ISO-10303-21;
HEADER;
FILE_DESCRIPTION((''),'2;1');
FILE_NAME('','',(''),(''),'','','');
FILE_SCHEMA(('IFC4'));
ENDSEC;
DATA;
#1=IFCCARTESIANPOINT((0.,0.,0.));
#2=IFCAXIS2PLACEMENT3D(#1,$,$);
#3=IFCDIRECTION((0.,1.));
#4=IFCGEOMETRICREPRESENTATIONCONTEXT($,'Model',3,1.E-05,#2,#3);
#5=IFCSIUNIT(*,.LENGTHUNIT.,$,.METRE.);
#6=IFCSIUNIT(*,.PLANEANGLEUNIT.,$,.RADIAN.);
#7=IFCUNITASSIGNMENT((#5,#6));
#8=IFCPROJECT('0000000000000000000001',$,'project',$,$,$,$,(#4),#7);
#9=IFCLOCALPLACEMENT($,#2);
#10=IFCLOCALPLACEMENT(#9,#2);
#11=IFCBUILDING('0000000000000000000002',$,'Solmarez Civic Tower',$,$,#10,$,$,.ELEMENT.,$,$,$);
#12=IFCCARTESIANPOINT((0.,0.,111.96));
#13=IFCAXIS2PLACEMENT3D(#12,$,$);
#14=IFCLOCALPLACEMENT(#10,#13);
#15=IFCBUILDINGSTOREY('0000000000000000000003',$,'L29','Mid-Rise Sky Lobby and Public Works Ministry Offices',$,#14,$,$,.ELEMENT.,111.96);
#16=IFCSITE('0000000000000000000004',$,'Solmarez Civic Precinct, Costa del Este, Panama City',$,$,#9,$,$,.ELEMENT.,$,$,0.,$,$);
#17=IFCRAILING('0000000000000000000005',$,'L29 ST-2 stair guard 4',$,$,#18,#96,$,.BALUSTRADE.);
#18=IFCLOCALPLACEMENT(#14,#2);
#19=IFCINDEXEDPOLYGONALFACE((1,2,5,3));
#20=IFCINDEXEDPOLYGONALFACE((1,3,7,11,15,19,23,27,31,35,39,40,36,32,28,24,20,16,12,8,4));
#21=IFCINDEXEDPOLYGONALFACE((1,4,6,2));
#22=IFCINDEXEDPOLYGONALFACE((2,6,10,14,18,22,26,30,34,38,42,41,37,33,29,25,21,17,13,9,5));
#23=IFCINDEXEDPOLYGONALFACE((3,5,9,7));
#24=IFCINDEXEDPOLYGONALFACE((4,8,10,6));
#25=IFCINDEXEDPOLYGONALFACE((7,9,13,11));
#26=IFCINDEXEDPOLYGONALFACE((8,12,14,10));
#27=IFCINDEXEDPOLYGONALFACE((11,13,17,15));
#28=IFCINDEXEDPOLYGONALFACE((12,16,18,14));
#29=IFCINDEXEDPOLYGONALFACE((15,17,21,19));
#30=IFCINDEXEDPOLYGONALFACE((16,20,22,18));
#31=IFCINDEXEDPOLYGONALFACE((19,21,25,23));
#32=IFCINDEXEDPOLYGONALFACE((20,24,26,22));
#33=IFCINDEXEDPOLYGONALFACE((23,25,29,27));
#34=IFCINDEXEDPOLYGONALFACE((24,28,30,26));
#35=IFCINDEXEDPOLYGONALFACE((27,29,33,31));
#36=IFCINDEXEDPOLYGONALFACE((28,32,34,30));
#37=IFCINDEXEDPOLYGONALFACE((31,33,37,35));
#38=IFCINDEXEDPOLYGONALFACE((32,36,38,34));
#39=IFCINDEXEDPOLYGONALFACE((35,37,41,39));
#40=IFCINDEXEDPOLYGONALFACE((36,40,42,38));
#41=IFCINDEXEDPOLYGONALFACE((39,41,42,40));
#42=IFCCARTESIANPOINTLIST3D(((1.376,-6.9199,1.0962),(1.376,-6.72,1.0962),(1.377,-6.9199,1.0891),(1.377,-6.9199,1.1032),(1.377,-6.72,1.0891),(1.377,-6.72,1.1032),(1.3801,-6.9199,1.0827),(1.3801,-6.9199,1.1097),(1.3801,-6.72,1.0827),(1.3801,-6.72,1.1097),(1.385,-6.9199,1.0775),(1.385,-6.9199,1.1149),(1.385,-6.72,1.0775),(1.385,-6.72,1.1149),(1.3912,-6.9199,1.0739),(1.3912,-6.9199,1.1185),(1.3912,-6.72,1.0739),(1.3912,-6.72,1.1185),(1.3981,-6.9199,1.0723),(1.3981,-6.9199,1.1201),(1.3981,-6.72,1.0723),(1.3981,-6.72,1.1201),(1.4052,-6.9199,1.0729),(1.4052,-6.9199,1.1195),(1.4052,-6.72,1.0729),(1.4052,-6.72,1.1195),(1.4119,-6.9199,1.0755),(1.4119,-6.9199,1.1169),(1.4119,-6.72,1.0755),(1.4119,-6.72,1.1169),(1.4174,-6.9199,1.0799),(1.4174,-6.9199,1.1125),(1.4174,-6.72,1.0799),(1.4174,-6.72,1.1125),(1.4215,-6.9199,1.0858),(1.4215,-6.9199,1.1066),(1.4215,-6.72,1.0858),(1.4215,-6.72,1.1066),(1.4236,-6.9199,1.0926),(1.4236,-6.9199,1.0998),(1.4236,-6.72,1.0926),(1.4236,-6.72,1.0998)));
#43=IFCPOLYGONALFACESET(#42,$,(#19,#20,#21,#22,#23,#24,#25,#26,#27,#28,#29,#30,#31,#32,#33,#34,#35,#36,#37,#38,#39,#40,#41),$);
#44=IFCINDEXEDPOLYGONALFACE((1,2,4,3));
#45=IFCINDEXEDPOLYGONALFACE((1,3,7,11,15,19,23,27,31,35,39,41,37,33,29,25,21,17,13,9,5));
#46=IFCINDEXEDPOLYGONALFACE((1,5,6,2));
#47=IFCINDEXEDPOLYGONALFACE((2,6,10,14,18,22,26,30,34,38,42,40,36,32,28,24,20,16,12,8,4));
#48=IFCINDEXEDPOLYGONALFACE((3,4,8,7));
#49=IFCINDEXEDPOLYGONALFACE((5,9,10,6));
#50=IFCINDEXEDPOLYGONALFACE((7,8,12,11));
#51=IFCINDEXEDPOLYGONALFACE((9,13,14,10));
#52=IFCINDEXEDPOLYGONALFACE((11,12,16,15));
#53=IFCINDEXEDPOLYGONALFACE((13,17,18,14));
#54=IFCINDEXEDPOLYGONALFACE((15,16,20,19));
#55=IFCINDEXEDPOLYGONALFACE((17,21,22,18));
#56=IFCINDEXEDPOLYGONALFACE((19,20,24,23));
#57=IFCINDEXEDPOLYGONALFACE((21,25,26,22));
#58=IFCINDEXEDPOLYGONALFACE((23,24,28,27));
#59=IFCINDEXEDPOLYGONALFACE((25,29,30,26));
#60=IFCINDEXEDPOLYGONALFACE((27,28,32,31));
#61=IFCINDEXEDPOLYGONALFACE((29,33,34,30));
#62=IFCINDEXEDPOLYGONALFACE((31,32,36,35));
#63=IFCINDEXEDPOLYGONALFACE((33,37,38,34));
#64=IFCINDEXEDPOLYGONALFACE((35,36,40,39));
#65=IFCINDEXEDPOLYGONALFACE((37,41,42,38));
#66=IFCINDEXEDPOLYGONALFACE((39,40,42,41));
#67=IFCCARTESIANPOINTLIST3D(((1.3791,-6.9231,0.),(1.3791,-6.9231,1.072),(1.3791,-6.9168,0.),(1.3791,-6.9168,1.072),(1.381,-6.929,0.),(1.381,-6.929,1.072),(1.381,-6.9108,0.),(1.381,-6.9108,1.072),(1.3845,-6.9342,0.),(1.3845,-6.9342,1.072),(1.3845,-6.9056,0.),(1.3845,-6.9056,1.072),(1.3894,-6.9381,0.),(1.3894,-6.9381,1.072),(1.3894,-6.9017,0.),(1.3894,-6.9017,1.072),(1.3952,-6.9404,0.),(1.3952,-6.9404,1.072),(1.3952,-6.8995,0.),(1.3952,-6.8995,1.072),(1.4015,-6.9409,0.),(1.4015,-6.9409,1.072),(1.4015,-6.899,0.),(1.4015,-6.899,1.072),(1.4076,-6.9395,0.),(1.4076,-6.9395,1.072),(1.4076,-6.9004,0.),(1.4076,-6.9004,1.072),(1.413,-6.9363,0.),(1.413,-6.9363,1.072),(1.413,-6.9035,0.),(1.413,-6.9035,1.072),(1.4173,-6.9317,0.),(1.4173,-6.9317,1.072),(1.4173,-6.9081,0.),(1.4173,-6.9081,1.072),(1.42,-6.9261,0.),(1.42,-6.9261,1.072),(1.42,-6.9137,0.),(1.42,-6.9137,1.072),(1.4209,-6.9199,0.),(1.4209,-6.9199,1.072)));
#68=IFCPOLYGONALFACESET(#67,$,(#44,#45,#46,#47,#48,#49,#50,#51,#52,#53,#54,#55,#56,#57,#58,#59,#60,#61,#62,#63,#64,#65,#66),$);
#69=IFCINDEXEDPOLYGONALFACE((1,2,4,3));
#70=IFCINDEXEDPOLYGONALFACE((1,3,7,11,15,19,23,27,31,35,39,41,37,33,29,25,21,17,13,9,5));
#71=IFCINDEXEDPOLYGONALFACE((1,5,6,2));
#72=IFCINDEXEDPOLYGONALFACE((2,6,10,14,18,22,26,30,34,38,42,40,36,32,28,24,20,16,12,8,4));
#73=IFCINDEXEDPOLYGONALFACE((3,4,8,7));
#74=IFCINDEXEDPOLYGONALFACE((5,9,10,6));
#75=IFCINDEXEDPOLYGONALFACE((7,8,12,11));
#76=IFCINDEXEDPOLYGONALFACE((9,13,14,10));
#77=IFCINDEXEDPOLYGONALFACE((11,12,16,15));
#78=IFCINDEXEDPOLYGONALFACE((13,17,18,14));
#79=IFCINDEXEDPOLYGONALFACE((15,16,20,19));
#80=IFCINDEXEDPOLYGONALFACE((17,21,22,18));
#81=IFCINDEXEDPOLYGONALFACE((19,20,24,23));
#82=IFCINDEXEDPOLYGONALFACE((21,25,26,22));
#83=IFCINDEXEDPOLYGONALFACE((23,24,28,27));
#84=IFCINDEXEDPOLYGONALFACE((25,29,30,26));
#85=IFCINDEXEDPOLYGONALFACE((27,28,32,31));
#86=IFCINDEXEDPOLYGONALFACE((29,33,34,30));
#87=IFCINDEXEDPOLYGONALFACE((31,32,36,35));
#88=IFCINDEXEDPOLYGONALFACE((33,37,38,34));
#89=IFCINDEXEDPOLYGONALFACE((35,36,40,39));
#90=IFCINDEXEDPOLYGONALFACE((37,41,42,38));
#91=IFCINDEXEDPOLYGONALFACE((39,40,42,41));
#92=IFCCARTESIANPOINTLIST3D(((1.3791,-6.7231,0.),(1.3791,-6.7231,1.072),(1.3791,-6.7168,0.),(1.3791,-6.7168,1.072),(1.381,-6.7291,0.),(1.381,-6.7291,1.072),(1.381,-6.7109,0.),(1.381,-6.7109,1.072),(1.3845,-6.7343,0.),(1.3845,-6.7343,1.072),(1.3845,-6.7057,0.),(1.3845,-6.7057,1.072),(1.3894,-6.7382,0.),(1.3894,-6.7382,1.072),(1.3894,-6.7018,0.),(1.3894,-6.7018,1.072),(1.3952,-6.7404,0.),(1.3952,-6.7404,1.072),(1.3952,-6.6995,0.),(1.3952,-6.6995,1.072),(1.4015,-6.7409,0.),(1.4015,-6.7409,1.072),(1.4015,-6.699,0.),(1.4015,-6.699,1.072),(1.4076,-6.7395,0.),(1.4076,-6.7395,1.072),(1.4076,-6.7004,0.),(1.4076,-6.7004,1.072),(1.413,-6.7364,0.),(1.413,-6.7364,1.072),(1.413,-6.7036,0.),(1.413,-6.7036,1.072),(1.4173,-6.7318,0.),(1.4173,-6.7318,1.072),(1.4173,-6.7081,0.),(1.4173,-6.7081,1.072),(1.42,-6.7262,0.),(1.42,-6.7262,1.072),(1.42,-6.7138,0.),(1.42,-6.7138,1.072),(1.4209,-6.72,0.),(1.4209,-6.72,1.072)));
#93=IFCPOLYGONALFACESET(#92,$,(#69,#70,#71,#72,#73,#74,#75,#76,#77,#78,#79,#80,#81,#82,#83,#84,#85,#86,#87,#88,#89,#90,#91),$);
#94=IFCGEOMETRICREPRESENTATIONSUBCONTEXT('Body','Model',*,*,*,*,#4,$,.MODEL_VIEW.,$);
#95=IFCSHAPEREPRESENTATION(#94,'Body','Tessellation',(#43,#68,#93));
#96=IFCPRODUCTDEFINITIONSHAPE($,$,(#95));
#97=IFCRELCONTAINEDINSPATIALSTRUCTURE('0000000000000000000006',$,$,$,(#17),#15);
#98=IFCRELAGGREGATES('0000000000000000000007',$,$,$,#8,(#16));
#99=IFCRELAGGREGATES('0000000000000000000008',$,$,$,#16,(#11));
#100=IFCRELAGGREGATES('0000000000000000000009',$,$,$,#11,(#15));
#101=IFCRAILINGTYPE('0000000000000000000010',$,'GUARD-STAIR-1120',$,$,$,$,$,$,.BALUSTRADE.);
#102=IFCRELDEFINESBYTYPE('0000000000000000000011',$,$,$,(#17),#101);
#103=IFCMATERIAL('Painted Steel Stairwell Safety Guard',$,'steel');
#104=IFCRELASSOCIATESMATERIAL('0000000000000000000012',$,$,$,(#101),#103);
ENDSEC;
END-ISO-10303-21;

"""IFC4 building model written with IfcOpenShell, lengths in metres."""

from ifc_helpers import new_model, si_unit, direction, frame, origin, origin_2d, place, context, subcontext, project, spatial, circle, extrude, material, type_object, element, save


model = new_model("IFC4")

# Units and contexts
model_context = context("Model", 3, precision=1e-05, world=origin(), true_north=direction((0.0, 1.0)))
body_context = subcontext(model_context, "Body", "Model", "MODEL_VIEW")
ifc_project = project(units=[si_unit("LENGTHUNIT", "METRE"), si_unit("PLANEANGLEUNIT", "RADIAN")], contexts=[model_context])

# Site, building, storey
site_placement = place(None, origin())
site = spatial("IfcSite", under=ifc_project, at=site_placement, Name="Solmarez Civic Precinct, Costa del Este, Panama City", CompositionType="ELEMENT", RefElevation=0.0)
building_placement = place(site_placement, origin())
building = spatial("IfcBuilding", under=site, at=building_placement, Name="Solmarez Civic Tower", CompositionType="ELEMENT")
storey_placement = place(building_placement, frame((0.0, 0.0, 111.96)))
storey = spatial("IfcBuildingStorey", under=building, at=storey_placement, Name="L29", Description="Mid-Rise Sky Lobby and Public Works Ministry Offices", CompositionType="ELEMENT", Elevation=111.96)

# Railing
ifc_material_1 = material(Name="Painted Steel Stairwell Safety Guard", Category="steel")
railing_type_1 = type_object("IfcRailingType", Name="GUARD-STAIR-1120", PredefinedType="BALUSTRADE", material=ifc_material_1)
railing_1_placement = place(storey_placement, frame((1.3999, -6.9199, 0.0)))
element("IfcRailing", 1, at=railing_1_placement, inside=storey, type_object=railing_type_1, Name="L29 ST-2 stair guard 4", PredefinedType="BALUSTRADE", context=body_context, shape_type="SweptSolid", body=[
    extrude(circle(Radius=0.0239, at=origin_2d()), frame((0.0, 0.0, 1.0962), z_axis=(0.0, 1.0, 0.0), x_axis=(-1.0, 0.0, 0.0)), (0.0, 0.0, 1.0), 0.2),
    extrude(circle(Radius=0.021, at=origin_2d()), origin(), (0.0, 0.0, 1.0), 1.072),
    extrude(circle(Radius=0.021, at=origin_2d()), frame((0.0, 0.2, 0.0)), (0.0, 0.0, 1.0), 1.072),
])

save(model, "model.ifc")
